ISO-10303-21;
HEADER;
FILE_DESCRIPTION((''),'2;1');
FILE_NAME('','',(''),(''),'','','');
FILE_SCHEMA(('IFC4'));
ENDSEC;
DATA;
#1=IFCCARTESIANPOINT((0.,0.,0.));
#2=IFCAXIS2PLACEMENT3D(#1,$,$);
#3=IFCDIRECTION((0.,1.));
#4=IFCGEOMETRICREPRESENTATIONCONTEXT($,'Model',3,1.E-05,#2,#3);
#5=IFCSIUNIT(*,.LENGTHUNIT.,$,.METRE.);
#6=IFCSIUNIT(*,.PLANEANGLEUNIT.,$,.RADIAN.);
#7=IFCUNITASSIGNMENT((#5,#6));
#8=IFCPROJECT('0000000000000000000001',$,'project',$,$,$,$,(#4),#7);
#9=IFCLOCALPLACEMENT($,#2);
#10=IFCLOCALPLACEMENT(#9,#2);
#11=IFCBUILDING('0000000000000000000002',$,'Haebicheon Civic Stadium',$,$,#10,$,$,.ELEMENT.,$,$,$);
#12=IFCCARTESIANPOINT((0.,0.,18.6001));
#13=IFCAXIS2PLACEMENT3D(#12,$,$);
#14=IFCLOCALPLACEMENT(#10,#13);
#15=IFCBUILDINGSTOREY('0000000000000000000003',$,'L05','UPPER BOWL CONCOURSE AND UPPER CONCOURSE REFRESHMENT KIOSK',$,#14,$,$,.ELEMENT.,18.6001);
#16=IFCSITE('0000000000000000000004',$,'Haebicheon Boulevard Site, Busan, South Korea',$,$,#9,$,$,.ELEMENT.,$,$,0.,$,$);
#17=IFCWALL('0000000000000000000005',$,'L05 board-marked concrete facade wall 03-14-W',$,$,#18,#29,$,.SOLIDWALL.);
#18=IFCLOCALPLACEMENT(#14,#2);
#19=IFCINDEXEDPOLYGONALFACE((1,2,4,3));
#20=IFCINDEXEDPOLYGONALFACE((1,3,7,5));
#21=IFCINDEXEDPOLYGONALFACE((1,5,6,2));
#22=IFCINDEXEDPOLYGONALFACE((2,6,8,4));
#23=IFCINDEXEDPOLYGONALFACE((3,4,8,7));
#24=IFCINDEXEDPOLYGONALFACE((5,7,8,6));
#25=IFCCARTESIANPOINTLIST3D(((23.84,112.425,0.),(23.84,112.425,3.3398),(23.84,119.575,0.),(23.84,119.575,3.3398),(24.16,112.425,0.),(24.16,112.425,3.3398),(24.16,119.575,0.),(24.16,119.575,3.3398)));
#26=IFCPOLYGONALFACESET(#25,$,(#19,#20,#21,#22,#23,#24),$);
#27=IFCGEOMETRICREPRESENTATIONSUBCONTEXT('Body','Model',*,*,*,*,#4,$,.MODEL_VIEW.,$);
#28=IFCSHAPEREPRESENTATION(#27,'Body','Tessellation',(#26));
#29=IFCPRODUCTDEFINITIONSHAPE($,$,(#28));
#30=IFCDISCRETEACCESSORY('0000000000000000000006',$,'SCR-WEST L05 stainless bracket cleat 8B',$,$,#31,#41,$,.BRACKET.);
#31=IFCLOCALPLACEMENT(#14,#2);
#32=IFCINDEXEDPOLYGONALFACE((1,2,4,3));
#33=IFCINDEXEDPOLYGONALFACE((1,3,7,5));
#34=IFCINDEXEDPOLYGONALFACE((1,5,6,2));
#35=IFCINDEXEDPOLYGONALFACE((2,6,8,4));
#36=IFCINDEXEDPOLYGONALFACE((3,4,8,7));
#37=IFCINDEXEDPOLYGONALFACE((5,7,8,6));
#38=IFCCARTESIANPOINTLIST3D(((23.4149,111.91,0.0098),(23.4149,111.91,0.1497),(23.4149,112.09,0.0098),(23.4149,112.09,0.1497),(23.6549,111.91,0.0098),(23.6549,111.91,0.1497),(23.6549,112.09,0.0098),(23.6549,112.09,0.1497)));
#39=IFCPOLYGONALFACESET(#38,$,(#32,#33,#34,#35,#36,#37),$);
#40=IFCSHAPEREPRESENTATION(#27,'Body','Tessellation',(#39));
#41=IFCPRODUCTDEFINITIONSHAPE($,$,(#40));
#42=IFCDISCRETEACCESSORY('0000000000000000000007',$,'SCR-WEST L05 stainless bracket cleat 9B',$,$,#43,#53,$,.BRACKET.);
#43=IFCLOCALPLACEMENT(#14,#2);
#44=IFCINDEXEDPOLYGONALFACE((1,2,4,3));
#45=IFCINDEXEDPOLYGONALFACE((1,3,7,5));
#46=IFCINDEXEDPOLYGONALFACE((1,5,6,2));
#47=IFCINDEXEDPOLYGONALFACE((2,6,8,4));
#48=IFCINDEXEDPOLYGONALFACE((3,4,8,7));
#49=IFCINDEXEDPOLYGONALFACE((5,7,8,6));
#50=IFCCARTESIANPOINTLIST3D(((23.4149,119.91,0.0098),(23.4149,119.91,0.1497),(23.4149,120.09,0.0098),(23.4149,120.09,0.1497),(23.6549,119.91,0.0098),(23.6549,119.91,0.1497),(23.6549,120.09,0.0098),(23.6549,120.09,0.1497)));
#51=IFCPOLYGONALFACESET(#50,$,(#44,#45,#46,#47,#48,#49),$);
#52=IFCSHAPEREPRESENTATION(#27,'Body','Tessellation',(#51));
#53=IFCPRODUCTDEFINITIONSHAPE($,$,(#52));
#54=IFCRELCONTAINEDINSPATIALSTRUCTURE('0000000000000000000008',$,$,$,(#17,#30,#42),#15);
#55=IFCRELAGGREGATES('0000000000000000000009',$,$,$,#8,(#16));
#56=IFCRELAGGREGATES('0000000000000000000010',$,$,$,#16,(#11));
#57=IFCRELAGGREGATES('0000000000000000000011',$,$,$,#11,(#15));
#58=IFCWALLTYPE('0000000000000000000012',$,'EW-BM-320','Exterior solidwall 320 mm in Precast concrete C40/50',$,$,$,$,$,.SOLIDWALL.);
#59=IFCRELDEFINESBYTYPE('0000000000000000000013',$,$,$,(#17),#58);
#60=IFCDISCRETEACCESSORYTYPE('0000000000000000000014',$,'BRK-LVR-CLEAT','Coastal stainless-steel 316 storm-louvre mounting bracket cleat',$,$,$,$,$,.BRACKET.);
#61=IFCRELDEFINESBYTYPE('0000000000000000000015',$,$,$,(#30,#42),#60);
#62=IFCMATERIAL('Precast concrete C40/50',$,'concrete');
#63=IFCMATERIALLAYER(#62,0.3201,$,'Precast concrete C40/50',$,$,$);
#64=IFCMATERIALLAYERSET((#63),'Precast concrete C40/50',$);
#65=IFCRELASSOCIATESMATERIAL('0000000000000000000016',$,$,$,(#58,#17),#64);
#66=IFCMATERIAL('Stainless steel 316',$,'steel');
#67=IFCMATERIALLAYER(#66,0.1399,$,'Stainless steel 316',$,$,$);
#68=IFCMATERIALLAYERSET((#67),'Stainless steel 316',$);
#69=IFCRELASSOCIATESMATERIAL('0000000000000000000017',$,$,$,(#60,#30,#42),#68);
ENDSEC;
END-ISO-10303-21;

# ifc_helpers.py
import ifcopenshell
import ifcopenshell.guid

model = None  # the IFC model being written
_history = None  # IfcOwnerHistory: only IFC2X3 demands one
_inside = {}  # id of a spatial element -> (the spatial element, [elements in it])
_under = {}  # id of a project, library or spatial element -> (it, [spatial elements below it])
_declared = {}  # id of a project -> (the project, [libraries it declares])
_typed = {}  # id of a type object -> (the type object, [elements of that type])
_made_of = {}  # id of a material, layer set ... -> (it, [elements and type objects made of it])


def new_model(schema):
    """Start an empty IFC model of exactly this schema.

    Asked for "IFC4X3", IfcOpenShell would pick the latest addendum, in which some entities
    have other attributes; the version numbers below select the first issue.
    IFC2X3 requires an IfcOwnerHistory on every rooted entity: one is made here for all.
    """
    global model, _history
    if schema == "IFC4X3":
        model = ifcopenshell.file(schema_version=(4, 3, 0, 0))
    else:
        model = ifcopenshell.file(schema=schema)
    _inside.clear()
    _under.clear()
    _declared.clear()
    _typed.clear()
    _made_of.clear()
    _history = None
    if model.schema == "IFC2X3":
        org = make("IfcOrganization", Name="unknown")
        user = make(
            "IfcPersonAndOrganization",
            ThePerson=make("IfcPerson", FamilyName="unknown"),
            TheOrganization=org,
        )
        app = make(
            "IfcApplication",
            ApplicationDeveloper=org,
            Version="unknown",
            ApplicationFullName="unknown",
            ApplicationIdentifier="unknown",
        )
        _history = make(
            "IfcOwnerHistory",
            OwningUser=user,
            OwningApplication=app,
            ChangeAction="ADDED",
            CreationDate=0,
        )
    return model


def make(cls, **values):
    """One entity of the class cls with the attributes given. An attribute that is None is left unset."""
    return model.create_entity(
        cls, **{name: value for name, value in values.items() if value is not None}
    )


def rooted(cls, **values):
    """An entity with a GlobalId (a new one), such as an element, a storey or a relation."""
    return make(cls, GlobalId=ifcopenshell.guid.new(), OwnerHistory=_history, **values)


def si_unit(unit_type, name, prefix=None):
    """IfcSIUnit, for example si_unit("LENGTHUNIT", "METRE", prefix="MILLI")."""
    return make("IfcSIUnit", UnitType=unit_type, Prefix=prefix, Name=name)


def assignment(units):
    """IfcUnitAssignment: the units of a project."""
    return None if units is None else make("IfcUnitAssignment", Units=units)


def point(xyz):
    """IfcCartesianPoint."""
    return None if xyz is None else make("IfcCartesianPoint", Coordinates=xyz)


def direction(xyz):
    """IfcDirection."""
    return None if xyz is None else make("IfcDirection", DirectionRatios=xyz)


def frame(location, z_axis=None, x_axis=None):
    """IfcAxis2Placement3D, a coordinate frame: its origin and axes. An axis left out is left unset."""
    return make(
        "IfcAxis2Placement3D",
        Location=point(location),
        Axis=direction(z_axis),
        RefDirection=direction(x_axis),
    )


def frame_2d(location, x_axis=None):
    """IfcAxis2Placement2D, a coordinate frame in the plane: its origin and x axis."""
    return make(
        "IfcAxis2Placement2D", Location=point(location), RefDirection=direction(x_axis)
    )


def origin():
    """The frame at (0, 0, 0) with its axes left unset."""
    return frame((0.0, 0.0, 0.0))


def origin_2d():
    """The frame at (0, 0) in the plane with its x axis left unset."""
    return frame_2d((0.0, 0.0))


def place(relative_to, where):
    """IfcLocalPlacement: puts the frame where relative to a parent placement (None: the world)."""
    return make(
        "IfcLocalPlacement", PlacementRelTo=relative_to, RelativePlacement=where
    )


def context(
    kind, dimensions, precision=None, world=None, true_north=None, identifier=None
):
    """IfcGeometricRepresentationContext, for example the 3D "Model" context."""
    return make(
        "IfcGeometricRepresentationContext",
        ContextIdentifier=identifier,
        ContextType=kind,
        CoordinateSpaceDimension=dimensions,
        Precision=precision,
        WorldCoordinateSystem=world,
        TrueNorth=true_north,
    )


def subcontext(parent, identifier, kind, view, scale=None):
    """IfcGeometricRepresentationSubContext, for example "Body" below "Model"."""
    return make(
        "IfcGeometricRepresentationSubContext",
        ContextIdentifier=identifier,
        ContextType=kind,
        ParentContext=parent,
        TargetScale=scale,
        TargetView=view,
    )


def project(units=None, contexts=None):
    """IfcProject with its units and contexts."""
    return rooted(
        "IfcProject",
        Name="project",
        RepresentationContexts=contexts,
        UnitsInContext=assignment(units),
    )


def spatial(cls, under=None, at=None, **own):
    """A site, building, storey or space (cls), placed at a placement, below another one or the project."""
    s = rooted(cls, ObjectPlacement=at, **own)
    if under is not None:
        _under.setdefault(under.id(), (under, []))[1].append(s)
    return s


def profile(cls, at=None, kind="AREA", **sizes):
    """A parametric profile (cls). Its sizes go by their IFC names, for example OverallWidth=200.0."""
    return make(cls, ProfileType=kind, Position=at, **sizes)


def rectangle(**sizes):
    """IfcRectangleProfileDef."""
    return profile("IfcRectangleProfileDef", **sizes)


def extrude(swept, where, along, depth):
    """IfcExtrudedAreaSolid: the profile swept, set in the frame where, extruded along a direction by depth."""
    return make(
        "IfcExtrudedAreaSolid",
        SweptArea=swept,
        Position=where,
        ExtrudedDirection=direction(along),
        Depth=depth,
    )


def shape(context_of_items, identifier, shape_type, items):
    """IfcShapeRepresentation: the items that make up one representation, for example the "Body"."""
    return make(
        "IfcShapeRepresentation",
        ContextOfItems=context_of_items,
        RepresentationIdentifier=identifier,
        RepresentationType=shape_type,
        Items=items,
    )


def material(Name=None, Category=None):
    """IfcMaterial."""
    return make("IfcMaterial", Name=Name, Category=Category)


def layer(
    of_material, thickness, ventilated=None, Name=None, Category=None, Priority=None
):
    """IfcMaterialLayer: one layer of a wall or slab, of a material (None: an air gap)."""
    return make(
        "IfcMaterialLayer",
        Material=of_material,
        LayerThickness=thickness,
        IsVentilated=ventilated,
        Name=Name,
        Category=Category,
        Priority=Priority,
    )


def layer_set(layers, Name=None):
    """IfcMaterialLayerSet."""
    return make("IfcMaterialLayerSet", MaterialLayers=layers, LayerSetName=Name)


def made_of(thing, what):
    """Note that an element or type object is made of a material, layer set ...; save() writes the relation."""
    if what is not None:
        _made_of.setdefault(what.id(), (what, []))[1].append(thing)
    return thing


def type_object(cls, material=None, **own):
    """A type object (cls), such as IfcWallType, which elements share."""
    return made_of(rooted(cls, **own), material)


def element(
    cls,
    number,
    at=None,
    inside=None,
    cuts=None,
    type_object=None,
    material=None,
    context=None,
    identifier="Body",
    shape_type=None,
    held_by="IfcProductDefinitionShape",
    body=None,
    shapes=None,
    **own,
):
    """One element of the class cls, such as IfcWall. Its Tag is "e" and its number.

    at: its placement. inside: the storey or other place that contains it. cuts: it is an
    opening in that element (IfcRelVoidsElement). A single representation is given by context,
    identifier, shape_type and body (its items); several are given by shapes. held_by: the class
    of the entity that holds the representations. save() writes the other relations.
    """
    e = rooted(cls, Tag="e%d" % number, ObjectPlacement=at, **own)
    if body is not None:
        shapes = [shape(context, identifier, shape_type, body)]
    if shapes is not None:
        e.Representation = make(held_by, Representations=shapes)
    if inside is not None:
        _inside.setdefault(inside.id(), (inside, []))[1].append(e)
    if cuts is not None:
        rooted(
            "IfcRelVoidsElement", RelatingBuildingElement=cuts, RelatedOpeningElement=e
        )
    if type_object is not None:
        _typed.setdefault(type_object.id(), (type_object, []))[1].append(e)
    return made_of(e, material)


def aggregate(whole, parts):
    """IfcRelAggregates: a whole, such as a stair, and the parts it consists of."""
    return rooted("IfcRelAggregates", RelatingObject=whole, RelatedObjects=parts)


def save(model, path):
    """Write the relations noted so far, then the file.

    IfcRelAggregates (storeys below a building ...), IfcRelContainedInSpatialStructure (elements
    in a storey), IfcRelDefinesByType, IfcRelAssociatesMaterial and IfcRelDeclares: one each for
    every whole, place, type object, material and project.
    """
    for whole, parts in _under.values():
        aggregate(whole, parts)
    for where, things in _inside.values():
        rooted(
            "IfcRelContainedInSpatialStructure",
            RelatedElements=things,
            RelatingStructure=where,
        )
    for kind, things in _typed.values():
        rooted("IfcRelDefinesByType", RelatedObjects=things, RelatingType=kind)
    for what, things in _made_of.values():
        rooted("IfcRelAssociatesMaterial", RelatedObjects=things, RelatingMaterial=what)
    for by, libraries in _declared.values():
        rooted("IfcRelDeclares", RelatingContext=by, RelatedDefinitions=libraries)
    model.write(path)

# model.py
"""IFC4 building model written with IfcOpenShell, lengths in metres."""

from ifc_helpers import new_model, si_unit, direction, frame, frame_2d, origin, origin_2d, place, context, subcontext, project, spatial, rectangle, extrude, material, layer, layer_set, type_object, element, save


model = new_model("IFC4")

# Units and contexts
model_context = context("Model", 3, precision=1e-05, world=origin(), true_north=direction((0.0, 1.0)))
body_context = subcontext(model_context, "Body", "Model", "MODEL_VIEW")
ifc_project = project(units=[si_unit("LENGTHUNIT", "METRE"), si_unit("PLANEANGLEUNIT", "RADIAN")], contexts=[model_context])

# Site, building, storey
site_placement = place(None, origin())
site = spatial("IfcSite", under=ifc_project, at=site_placement, Name="Haebicheon Boulevard Site, Busan, South Korea", CompositionType="ELEMENT", RefElevation=0.0)
building_placement = place(site_placement, origin())
building = spatial("IfcBuilding", under=site, at=building_placement, Name="Haebicheon Civic Stadium", CompositionType="ELEMENT")
storey_placement = place(building_placement, frame((0.0, 0.0, 18.6001)))
storey = spatial("IfcBuildingStorey", under=building, at=storey_placement, Name="L05", Description="UPPER BOWL CONCOURSE AND UPPER CONCOURSE REFRESHMENT KIOSK", CompositionType="ELEMENT", Elevation=18.6001)

# Wall
ifc_material_1 = material(Name="Precast concrete C40/50", Category="concrete")
ifc_layer_1 = layer(ifc_material_1, 0.3201, Name="Precast concrete C40/50")
ifc_layer_set_1 = layer_set([ifc_layer_1], Name="Precast concrete C40/50")
wall_type_1 = type_object("IfcWallType", Name="EW-BM-320", Description="Exterior solidwall 320 mm in Precast concrete C40/50", PredefinedType="SOLIDWALL", material=ifc_layer_set_1)
wall_1_placement = place(storey_placement, frame((24.0, 112.425, 0.0), z_axis=(0.0, 0.0, 1.0), x_axis=(0.0, 1.0, 0.0)))
element("IfcWall", 1, at=wall_1_placement, inside=storey, type_object=wall_type_1, material=ifc_layer_set_1, Name="L05 board-marked concrete facade wall 03-14-W", PredefinedType="SOLIDWALL", context=body_context, shape_type="SweptSolid", body=[
    extrude(rectangle(XDim=7.1499, YDim=0.3201, at=frame_2d((3.575, 0.0))), origin(), (0.0, 0.0, 1.0), 3.3398),
])

# Discrete accessories
ifc_material_2 = material(Name="Stainless steel 316", Category="steel")
ifc_layer_2 = layer(ifc_material_2, 0.1399, Name="Stainless steel 316")
ifc_layer_set_2 = layer_set([ifc_layer_2], Name="Stainless steel 316")
discrete_accessory_type = type_object("IfcDiscreteAccessoryType", Name="BRK-LVR-CLEAT", Description="Coastal stainless-steel 316 storm-louvre mounting bracket cleat", PredefinedType="BRACKET", material=ifc_layer_set_2)
for number, where, z_axis, x_axis, name in (
    (2, (23.5349, 112.0, 0.0098), (0.0, 0.0, 1.0), (1.0, 0.0, 0.0), "SCR-WEST L05 stainless bracket cleat 8B"),
    (3, (23.5349, 120.0, 0.0098), (0.0, 0.0, 1.0), (1.0, 0.0, 0.0), "SCR-WEST L05 stainless bracket cleat 9B"),
):
    element("IfcDiscreteAccessory", number, at=place(storey_placement, frame(where, z_axis=z_axis, x_axis=x_axis)), inside=storey, type_object=discrete_accessory_type, material=ifc_layer_set_2, Name=name, PredefinedType="BRACKET", context=body_context, shape_type="SweptSolid", body=[
        extrude(rectangle(XDim=0.24, YDim=0.1799, at=origin_2d()), origin(), (0.0, 0.0, 1.0), 0.1399),
    ])

save(model, "model.ifc")
